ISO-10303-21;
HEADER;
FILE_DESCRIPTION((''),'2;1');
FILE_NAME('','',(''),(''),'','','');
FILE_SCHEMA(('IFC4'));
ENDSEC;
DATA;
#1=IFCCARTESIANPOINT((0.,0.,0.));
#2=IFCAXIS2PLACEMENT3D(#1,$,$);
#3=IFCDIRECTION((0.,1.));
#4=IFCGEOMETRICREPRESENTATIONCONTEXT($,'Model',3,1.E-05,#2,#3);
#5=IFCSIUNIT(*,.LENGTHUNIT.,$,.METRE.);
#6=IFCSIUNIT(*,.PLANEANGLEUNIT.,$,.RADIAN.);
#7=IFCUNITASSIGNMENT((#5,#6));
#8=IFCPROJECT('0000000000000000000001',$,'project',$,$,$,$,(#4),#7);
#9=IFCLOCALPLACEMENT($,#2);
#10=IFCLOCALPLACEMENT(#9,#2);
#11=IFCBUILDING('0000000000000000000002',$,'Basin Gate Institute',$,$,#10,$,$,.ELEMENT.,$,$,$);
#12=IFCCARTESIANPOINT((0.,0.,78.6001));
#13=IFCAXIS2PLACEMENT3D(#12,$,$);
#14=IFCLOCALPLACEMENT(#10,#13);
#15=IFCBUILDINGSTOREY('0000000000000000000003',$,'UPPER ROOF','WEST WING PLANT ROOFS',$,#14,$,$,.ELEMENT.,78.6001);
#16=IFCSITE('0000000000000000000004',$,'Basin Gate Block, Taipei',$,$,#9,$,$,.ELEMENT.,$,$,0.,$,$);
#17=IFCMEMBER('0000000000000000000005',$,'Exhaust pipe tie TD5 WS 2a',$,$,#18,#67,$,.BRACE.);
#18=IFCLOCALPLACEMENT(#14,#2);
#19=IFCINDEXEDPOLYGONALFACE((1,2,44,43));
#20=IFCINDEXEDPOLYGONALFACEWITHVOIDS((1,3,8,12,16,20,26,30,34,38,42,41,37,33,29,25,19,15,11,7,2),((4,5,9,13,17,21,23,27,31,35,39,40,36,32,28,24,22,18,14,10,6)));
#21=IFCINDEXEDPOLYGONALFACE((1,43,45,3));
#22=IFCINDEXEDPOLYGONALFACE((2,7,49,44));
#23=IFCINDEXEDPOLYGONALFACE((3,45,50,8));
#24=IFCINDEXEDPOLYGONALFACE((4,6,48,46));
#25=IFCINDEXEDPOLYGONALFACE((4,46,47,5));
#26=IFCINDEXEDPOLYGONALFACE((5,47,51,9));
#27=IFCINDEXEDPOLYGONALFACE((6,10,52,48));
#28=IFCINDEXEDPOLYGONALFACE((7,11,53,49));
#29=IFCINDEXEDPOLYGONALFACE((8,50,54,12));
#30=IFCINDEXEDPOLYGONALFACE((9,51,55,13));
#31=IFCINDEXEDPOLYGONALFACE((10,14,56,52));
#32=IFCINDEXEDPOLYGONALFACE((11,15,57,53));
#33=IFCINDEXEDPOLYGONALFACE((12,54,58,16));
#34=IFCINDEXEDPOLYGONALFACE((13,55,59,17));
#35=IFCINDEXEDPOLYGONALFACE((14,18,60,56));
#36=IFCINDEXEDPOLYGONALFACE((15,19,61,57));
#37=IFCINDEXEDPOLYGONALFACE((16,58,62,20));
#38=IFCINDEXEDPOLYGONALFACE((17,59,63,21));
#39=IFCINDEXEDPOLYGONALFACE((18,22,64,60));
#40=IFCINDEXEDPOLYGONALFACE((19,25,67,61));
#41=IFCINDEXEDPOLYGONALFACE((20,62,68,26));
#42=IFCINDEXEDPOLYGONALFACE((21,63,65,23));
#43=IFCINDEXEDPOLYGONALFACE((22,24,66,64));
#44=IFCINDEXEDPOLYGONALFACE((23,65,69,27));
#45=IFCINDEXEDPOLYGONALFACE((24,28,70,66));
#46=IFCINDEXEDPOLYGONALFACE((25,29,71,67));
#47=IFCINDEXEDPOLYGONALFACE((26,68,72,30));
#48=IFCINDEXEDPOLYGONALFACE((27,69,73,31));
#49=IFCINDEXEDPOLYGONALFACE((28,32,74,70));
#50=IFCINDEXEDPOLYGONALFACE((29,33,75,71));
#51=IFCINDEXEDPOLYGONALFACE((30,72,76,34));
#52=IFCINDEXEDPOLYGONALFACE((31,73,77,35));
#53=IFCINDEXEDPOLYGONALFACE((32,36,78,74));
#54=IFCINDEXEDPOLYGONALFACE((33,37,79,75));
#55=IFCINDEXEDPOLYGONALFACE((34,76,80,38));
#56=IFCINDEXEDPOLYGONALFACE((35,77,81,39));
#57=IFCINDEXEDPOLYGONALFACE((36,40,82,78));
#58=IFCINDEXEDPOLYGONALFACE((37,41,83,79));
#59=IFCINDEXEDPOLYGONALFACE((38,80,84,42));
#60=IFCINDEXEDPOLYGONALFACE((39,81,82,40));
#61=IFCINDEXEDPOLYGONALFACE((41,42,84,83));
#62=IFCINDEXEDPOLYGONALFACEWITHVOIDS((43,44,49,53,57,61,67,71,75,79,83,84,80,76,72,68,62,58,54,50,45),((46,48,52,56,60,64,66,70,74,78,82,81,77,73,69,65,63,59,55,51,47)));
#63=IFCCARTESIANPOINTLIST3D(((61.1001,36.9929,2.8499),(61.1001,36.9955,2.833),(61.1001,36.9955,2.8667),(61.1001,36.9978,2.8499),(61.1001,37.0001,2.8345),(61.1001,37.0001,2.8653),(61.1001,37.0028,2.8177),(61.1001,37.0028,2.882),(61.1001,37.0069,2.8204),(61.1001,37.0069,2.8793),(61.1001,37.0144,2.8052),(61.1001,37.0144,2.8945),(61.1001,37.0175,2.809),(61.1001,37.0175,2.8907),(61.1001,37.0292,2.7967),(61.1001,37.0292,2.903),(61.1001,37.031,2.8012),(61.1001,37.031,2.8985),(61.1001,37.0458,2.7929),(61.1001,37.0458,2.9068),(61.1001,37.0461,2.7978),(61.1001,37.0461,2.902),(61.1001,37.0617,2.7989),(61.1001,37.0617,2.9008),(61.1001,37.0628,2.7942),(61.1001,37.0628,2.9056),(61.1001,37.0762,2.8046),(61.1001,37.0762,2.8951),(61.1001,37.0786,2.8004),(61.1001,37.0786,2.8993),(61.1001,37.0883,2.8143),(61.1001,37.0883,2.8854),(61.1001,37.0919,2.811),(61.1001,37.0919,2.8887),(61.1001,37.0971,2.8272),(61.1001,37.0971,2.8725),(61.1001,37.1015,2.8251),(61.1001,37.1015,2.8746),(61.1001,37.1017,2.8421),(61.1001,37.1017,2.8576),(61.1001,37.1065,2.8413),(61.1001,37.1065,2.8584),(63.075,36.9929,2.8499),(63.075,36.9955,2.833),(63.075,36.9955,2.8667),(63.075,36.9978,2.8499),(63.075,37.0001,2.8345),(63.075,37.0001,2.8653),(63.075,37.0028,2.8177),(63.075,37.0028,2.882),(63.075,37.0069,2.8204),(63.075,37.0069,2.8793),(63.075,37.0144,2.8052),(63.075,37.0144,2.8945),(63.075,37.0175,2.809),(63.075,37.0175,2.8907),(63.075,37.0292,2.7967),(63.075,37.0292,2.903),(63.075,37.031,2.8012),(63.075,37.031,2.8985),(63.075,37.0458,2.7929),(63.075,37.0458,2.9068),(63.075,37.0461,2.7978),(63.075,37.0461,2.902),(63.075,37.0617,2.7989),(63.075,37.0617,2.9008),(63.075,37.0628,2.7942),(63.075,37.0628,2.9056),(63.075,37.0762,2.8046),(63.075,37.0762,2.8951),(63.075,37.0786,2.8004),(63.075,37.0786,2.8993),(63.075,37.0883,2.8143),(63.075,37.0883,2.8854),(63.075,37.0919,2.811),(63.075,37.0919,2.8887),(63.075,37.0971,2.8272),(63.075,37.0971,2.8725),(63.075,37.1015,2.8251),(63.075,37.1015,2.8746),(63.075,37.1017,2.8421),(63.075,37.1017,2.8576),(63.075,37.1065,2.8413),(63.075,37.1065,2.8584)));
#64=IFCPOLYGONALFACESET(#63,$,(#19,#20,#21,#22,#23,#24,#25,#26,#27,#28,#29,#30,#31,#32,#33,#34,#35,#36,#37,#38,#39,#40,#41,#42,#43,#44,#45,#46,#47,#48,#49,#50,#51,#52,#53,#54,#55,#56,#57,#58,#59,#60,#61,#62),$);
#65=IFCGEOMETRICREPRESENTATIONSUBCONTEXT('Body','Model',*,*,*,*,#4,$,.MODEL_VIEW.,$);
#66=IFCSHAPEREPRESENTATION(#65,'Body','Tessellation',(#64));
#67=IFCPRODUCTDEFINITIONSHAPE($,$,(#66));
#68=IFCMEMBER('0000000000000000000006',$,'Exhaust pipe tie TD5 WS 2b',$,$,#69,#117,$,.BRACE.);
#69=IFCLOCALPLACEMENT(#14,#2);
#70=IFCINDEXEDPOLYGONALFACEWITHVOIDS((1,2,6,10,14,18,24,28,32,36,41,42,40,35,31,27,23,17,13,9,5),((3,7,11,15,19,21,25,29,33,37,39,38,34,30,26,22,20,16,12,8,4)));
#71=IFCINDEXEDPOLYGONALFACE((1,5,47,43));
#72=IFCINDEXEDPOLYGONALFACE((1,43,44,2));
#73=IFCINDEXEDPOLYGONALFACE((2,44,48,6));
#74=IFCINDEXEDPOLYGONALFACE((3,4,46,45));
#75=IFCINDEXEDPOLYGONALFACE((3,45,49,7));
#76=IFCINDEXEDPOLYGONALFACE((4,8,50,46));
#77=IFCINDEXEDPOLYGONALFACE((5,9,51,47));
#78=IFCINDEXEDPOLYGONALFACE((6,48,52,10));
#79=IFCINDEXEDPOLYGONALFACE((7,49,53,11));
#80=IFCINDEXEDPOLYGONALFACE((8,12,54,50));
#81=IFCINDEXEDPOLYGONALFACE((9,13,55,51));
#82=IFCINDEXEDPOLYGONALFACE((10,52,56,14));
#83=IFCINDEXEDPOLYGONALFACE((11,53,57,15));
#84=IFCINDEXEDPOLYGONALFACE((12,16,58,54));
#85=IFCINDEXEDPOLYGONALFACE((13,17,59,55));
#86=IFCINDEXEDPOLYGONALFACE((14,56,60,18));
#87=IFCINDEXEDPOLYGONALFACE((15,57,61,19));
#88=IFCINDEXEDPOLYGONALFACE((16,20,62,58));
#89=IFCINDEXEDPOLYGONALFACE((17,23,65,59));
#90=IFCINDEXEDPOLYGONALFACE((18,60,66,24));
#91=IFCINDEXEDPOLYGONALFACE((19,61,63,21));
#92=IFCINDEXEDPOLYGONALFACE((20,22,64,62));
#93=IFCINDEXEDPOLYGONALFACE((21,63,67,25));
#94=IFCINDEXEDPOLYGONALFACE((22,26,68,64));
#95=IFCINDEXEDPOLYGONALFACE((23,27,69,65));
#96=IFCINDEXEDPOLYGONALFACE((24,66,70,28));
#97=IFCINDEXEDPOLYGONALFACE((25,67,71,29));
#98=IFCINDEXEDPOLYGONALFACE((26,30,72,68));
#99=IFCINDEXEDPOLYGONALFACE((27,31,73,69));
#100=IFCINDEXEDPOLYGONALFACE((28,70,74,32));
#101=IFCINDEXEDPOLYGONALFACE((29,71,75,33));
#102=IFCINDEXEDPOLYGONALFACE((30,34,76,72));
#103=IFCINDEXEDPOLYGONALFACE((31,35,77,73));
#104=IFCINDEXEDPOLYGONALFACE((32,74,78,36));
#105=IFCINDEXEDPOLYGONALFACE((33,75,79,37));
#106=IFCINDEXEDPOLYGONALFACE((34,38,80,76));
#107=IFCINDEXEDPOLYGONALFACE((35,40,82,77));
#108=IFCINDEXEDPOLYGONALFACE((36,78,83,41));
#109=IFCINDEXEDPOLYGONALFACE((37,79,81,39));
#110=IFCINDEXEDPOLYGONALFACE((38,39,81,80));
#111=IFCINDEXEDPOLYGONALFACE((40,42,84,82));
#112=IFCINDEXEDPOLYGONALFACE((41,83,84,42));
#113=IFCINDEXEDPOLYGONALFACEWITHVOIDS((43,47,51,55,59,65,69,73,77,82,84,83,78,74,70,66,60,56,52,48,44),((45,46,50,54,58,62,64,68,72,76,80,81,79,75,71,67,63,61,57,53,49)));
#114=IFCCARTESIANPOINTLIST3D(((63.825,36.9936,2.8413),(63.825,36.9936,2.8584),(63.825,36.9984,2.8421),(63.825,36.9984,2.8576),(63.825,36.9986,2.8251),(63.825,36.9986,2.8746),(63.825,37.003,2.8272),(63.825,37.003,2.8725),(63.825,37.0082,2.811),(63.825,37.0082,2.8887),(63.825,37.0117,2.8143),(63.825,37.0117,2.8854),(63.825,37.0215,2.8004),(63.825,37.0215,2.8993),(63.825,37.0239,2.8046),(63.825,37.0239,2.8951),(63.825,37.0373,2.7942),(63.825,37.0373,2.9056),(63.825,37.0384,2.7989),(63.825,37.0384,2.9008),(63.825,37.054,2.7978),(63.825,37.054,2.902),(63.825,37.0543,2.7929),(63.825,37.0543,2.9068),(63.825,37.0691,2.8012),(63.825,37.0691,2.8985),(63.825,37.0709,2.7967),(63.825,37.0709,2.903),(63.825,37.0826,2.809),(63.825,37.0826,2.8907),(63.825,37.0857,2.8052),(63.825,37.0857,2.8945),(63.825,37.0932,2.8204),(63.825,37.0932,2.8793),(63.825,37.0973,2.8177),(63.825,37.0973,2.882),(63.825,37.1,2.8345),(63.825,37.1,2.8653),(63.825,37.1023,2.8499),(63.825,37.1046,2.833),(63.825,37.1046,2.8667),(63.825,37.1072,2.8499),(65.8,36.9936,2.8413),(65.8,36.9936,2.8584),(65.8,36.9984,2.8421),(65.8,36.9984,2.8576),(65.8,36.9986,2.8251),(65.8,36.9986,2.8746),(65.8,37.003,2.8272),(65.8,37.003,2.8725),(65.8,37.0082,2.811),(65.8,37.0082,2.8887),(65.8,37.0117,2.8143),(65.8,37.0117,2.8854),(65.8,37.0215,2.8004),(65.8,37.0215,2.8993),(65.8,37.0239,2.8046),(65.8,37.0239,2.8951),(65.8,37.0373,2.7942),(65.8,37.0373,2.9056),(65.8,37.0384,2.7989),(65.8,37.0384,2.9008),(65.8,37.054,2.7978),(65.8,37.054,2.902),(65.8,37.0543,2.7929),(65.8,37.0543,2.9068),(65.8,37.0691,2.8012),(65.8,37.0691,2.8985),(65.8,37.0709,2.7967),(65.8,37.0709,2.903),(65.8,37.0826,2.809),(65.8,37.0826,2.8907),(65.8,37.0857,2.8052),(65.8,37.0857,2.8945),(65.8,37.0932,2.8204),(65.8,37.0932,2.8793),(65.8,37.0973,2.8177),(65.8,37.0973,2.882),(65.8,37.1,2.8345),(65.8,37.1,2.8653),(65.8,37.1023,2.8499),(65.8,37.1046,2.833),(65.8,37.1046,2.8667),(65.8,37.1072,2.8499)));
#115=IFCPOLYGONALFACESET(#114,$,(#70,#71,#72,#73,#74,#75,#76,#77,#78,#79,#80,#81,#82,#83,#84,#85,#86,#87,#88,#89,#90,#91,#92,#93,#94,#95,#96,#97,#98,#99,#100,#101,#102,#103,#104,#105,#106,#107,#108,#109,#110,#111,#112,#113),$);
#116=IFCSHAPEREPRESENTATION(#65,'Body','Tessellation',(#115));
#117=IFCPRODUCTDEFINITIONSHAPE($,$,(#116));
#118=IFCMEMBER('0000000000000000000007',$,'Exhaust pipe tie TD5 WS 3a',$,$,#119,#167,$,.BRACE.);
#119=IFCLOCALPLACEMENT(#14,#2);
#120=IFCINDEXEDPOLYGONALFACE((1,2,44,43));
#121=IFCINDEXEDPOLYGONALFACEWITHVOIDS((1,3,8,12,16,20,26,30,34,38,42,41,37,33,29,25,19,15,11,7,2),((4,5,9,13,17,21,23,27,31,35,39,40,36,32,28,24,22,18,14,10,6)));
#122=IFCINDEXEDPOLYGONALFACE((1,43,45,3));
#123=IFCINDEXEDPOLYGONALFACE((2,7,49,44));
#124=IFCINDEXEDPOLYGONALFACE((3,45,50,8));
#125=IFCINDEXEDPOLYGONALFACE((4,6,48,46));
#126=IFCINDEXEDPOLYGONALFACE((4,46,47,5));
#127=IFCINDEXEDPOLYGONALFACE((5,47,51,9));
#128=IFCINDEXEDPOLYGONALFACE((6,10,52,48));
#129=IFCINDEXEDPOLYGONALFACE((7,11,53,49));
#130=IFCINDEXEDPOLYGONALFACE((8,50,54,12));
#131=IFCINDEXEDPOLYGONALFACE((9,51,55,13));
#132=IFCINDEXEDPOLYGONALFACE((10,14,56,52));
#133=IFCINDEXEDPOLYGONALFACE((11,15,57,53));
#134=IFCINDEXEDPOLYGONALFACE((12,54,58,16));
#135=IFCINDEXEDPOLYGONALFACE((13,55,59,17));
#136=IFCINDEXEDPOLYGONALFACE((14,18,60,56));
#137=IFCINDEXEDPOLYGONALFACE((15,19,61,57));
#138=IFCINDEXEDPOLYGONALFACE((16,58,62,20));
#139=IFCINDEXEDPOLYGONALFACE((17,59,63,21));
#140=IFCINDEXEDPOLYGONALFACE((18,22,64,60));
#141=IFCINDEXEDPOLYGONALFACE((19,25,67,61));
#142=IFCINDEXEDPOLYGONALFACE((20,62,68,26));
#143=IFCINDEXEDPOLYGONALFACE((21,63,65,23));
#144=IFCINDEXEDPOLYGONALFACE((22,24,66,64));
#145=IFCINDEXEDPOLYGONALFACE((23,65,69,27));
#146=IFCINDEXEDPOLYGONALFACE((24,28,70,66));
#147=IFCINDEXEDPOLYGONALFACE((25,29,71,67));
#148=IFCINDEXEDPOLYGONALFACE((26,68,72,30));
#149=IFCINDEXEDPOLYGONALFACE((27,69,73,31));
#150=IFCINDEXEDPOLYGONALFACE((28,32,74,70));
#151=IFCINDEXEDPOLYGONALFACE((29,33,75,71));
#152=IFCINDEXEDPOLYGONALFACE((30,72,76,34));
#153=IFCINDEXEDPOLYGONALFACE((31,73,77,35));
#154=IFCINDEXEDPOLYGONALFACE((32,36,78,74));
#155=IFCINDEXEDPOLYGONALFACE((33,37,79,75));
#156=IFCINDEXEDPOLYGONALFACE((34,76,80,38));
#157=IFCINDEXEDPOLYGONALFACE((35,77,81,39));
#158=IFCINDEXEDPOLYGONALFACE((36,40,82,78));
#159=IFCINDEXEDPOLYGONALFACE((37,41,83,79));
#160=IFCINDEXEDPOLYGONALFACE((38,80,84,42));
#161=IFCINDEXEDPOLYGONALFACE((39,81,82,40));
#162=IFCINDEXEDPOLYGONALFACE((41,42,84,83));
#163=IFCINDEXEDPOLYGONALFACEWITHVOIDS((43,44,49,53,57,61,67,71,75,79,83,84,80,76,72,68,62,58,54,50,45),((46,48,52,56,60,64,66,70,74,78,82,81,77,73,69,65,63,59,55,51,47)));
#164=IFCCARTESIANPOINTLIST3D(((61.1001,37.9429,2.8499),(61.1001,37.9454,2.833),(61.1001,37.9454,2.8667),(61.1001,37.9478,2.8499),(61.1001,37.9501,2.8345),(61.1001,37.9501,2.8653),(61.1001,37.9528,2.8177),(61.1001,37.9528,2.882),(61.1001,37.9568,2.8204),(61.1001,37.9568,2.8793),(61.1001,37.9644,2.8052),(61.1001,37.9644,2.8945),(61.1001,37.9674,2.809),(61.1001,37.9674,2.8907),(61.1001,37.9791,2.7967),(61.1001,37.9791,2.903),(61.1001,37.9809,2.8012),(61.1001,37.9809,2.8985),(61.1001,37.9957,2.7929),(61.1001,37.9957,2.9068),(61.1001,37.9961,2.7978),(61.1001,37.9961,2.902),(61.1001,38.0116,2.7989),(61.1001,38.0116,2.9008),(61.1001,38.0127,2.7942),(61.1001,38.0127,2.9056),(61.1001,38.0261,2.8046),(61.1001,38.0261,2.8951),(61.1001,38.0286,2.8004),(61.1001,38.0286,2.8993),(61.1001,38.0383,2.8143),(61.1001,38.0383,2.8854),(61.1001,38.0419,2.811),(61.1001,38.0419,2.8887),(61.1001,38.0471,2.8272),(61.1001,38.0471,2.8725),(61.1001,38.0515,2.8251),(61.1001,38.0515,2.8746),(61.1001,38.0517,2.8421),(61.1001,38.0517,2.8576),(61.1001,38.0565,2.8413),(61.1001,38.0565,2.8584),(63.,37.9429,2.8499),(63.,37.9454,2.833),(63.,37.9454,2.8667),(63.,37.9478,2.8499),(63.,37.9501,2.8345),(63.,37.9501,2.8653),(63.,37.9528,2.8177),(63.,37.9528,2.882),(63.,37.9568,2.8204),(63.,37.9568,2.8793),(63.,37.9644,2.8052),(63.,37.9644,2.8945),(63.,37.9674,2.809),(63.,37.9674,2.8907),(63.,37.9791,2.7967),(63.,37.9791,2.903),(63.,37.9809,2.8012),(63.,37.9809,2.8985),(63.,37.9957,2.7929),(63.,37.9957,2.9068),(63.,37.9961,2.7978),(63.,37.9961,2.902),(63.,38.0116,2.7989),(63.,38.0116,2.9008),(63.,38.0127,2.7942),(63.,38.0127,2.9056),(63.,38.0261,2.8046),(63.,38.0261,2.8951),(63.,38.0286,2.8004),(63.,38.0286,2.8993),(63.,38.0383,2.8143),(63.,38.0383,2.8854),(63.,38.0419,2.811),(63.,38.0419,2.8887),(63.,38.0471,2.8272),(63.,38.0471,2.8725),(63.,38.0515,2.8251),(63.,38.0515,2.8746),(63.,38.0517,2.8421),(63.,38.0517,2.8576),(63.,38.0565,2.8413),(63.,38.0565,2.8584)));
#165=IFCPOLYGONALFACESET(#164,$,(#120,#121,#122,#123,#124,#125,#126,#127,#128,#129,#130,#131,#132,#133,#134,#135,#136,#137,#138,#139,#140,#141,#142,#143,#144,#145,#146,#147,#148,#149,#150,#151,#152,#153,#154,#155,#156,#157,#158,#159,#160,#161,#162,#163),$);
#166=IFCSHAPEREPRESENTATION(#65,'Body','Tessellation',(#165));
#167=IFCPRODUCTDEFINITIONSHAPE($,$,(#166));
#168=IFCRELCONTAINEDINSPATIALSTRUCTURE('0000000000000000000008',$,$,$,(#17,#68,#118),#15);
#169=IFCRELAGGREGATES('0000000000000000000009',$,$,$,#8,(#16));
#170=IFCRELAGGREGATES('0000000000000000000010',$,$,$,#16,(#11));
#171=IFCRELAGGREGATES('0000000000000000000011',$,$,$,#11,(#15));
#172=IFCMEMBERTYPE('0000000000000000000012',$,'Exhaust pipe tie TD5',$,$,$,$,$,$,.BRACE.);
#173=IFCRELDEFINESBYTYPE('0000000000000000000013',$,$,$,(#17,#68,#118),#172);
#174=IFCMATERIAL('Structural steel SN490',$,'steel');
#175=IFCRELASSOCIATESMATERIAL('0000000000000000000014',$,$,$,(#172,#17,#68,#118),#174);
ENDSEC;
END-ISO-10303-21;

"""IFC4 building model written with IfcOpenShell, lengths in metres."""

from ifc_helpers import new_model, si_unit, direction, frame, origin, origin_2d, place, context, subcontext, project, spatial, hollow_circle, extrude, material, material_profile, profile_set, type_object, element, save


model = new_model("IFC4")

# Units and contexts
model_context = context("Model", 3, precision=1e-05, world=origin(), true_north=direction((0.0, 1.0)))
body_context = subcontext(model_context, "Body", "Model", "MODEL_VIEW")
ifc_project = project(units=[si_unit("LENGTHUNIT", "METRE"), si_unit("PLANEANGLEUNIT", "RADIAN")], contexts=[model_context])

# Site, building, storey
site_placement = place(None, origin())
site = spatial("IfcSite", under=ifc_project, at=site_placement, Name="Basin Gate Block, Taipei", CompositionType="ELEMENT", RefElevation=0.0)
building_placement = place(site_placement, origin())
building = spatial("IfcBuilding", under=site, at=building_placement, Name="Basin Gate Institute", CompositionType="ELEMENT")
storey_placement = place(building_placement, frame((0.0, 0.0, 78.6001)))
storey = spatial("IfcBuildingStorey", under=building, at=storey_placement, Name="UPPER ROOF", Description="WEST WING PLANT ROOFS", CompositionType="ELEMENT", Elevation=78.6001)

# Members
ifc_material_1 = material(Name="Structural steel SN490", Category="steel")
ifc_material_profile_1 = material_profile(ifc_material_1, hollow_circle(Radius=0.0571, WallThickness=0.0049, at=origin_2d()), Name="CHS114x5")
ifc_profile_set_1 = profile_set([ifc_material_profile_1], Name="Structural steel SN490")
member_type_1 = type_object("IfcMemberType", Name="Exhaust pipe tie TD5", PredefinedType="BRACE", material=ifc_profile_set_1)
member_1_placement = place(storey_placement, frame((63.075, 37.05, 2.8499), z_axis=(-1.0, 0.0, 0.0), x_axis=(0.0, -1.0, 0.0)))
element("IfcMember", 1, at=member_1_placement, inside=storey, type_object=member_type_1, material=ifc_profile_set_1, Name="Exhaust pipe tie TD5 WS 2a", PredefinedType="BRACE", context=body_context, shape_type="SweptSolid", body=[
    extrude(hollow_circle(Radius=0.0571, WallThickness=0.0049, at=origin_2d()), origin(), (0.0, 0.0, 1.0), 1.9749),
])
member_2_placement = place(storey_placement, frame((63.825, 37.05, 2.8499), z_axis=(1.0, 0.0, 0.0), x_axis=(0.0, 1.0, 0.0)))
element("IfcMember", 2, at=member_2_placement, inside=storey, type_object=member_type_1, material=ifc_profile_set_1, Name="Exhaust pipe tie TD5 WS 2b", PredefinedType="BRACE", context=body_context, shape_type="SweptSolid", body=[
    extrude(hollow_circle(Radius=0.0571, WallThickness=0.0049, at=origin_2d()), origin(), (0.0, 0.0, 1.0), 1.9751),
])
member_3_placement = place(storey_placement, frame((63.0, 38.0, 2.8499), z_axis=(-1.0, 0.0, 0.0), x_axis=(0.0, -1.0, 0.0)))
element("IfcMember", 3, at=member_3_placement, inside=storey, type_object=member_type_1, material=ifc_profile_set_1, Name="Exhaust pipe tie TD5 WS 3a", PredefinedType="BRACE", context=body_context, shape_type="SweptSolid", body=[
    extrude(hollow_circle(Radius=0.0571, WallThickness=0.0049, at=origin_2d()), origin(), (0.0, 0.0, 1.0), 1.8999),
])

save(model, "model.ifc")
